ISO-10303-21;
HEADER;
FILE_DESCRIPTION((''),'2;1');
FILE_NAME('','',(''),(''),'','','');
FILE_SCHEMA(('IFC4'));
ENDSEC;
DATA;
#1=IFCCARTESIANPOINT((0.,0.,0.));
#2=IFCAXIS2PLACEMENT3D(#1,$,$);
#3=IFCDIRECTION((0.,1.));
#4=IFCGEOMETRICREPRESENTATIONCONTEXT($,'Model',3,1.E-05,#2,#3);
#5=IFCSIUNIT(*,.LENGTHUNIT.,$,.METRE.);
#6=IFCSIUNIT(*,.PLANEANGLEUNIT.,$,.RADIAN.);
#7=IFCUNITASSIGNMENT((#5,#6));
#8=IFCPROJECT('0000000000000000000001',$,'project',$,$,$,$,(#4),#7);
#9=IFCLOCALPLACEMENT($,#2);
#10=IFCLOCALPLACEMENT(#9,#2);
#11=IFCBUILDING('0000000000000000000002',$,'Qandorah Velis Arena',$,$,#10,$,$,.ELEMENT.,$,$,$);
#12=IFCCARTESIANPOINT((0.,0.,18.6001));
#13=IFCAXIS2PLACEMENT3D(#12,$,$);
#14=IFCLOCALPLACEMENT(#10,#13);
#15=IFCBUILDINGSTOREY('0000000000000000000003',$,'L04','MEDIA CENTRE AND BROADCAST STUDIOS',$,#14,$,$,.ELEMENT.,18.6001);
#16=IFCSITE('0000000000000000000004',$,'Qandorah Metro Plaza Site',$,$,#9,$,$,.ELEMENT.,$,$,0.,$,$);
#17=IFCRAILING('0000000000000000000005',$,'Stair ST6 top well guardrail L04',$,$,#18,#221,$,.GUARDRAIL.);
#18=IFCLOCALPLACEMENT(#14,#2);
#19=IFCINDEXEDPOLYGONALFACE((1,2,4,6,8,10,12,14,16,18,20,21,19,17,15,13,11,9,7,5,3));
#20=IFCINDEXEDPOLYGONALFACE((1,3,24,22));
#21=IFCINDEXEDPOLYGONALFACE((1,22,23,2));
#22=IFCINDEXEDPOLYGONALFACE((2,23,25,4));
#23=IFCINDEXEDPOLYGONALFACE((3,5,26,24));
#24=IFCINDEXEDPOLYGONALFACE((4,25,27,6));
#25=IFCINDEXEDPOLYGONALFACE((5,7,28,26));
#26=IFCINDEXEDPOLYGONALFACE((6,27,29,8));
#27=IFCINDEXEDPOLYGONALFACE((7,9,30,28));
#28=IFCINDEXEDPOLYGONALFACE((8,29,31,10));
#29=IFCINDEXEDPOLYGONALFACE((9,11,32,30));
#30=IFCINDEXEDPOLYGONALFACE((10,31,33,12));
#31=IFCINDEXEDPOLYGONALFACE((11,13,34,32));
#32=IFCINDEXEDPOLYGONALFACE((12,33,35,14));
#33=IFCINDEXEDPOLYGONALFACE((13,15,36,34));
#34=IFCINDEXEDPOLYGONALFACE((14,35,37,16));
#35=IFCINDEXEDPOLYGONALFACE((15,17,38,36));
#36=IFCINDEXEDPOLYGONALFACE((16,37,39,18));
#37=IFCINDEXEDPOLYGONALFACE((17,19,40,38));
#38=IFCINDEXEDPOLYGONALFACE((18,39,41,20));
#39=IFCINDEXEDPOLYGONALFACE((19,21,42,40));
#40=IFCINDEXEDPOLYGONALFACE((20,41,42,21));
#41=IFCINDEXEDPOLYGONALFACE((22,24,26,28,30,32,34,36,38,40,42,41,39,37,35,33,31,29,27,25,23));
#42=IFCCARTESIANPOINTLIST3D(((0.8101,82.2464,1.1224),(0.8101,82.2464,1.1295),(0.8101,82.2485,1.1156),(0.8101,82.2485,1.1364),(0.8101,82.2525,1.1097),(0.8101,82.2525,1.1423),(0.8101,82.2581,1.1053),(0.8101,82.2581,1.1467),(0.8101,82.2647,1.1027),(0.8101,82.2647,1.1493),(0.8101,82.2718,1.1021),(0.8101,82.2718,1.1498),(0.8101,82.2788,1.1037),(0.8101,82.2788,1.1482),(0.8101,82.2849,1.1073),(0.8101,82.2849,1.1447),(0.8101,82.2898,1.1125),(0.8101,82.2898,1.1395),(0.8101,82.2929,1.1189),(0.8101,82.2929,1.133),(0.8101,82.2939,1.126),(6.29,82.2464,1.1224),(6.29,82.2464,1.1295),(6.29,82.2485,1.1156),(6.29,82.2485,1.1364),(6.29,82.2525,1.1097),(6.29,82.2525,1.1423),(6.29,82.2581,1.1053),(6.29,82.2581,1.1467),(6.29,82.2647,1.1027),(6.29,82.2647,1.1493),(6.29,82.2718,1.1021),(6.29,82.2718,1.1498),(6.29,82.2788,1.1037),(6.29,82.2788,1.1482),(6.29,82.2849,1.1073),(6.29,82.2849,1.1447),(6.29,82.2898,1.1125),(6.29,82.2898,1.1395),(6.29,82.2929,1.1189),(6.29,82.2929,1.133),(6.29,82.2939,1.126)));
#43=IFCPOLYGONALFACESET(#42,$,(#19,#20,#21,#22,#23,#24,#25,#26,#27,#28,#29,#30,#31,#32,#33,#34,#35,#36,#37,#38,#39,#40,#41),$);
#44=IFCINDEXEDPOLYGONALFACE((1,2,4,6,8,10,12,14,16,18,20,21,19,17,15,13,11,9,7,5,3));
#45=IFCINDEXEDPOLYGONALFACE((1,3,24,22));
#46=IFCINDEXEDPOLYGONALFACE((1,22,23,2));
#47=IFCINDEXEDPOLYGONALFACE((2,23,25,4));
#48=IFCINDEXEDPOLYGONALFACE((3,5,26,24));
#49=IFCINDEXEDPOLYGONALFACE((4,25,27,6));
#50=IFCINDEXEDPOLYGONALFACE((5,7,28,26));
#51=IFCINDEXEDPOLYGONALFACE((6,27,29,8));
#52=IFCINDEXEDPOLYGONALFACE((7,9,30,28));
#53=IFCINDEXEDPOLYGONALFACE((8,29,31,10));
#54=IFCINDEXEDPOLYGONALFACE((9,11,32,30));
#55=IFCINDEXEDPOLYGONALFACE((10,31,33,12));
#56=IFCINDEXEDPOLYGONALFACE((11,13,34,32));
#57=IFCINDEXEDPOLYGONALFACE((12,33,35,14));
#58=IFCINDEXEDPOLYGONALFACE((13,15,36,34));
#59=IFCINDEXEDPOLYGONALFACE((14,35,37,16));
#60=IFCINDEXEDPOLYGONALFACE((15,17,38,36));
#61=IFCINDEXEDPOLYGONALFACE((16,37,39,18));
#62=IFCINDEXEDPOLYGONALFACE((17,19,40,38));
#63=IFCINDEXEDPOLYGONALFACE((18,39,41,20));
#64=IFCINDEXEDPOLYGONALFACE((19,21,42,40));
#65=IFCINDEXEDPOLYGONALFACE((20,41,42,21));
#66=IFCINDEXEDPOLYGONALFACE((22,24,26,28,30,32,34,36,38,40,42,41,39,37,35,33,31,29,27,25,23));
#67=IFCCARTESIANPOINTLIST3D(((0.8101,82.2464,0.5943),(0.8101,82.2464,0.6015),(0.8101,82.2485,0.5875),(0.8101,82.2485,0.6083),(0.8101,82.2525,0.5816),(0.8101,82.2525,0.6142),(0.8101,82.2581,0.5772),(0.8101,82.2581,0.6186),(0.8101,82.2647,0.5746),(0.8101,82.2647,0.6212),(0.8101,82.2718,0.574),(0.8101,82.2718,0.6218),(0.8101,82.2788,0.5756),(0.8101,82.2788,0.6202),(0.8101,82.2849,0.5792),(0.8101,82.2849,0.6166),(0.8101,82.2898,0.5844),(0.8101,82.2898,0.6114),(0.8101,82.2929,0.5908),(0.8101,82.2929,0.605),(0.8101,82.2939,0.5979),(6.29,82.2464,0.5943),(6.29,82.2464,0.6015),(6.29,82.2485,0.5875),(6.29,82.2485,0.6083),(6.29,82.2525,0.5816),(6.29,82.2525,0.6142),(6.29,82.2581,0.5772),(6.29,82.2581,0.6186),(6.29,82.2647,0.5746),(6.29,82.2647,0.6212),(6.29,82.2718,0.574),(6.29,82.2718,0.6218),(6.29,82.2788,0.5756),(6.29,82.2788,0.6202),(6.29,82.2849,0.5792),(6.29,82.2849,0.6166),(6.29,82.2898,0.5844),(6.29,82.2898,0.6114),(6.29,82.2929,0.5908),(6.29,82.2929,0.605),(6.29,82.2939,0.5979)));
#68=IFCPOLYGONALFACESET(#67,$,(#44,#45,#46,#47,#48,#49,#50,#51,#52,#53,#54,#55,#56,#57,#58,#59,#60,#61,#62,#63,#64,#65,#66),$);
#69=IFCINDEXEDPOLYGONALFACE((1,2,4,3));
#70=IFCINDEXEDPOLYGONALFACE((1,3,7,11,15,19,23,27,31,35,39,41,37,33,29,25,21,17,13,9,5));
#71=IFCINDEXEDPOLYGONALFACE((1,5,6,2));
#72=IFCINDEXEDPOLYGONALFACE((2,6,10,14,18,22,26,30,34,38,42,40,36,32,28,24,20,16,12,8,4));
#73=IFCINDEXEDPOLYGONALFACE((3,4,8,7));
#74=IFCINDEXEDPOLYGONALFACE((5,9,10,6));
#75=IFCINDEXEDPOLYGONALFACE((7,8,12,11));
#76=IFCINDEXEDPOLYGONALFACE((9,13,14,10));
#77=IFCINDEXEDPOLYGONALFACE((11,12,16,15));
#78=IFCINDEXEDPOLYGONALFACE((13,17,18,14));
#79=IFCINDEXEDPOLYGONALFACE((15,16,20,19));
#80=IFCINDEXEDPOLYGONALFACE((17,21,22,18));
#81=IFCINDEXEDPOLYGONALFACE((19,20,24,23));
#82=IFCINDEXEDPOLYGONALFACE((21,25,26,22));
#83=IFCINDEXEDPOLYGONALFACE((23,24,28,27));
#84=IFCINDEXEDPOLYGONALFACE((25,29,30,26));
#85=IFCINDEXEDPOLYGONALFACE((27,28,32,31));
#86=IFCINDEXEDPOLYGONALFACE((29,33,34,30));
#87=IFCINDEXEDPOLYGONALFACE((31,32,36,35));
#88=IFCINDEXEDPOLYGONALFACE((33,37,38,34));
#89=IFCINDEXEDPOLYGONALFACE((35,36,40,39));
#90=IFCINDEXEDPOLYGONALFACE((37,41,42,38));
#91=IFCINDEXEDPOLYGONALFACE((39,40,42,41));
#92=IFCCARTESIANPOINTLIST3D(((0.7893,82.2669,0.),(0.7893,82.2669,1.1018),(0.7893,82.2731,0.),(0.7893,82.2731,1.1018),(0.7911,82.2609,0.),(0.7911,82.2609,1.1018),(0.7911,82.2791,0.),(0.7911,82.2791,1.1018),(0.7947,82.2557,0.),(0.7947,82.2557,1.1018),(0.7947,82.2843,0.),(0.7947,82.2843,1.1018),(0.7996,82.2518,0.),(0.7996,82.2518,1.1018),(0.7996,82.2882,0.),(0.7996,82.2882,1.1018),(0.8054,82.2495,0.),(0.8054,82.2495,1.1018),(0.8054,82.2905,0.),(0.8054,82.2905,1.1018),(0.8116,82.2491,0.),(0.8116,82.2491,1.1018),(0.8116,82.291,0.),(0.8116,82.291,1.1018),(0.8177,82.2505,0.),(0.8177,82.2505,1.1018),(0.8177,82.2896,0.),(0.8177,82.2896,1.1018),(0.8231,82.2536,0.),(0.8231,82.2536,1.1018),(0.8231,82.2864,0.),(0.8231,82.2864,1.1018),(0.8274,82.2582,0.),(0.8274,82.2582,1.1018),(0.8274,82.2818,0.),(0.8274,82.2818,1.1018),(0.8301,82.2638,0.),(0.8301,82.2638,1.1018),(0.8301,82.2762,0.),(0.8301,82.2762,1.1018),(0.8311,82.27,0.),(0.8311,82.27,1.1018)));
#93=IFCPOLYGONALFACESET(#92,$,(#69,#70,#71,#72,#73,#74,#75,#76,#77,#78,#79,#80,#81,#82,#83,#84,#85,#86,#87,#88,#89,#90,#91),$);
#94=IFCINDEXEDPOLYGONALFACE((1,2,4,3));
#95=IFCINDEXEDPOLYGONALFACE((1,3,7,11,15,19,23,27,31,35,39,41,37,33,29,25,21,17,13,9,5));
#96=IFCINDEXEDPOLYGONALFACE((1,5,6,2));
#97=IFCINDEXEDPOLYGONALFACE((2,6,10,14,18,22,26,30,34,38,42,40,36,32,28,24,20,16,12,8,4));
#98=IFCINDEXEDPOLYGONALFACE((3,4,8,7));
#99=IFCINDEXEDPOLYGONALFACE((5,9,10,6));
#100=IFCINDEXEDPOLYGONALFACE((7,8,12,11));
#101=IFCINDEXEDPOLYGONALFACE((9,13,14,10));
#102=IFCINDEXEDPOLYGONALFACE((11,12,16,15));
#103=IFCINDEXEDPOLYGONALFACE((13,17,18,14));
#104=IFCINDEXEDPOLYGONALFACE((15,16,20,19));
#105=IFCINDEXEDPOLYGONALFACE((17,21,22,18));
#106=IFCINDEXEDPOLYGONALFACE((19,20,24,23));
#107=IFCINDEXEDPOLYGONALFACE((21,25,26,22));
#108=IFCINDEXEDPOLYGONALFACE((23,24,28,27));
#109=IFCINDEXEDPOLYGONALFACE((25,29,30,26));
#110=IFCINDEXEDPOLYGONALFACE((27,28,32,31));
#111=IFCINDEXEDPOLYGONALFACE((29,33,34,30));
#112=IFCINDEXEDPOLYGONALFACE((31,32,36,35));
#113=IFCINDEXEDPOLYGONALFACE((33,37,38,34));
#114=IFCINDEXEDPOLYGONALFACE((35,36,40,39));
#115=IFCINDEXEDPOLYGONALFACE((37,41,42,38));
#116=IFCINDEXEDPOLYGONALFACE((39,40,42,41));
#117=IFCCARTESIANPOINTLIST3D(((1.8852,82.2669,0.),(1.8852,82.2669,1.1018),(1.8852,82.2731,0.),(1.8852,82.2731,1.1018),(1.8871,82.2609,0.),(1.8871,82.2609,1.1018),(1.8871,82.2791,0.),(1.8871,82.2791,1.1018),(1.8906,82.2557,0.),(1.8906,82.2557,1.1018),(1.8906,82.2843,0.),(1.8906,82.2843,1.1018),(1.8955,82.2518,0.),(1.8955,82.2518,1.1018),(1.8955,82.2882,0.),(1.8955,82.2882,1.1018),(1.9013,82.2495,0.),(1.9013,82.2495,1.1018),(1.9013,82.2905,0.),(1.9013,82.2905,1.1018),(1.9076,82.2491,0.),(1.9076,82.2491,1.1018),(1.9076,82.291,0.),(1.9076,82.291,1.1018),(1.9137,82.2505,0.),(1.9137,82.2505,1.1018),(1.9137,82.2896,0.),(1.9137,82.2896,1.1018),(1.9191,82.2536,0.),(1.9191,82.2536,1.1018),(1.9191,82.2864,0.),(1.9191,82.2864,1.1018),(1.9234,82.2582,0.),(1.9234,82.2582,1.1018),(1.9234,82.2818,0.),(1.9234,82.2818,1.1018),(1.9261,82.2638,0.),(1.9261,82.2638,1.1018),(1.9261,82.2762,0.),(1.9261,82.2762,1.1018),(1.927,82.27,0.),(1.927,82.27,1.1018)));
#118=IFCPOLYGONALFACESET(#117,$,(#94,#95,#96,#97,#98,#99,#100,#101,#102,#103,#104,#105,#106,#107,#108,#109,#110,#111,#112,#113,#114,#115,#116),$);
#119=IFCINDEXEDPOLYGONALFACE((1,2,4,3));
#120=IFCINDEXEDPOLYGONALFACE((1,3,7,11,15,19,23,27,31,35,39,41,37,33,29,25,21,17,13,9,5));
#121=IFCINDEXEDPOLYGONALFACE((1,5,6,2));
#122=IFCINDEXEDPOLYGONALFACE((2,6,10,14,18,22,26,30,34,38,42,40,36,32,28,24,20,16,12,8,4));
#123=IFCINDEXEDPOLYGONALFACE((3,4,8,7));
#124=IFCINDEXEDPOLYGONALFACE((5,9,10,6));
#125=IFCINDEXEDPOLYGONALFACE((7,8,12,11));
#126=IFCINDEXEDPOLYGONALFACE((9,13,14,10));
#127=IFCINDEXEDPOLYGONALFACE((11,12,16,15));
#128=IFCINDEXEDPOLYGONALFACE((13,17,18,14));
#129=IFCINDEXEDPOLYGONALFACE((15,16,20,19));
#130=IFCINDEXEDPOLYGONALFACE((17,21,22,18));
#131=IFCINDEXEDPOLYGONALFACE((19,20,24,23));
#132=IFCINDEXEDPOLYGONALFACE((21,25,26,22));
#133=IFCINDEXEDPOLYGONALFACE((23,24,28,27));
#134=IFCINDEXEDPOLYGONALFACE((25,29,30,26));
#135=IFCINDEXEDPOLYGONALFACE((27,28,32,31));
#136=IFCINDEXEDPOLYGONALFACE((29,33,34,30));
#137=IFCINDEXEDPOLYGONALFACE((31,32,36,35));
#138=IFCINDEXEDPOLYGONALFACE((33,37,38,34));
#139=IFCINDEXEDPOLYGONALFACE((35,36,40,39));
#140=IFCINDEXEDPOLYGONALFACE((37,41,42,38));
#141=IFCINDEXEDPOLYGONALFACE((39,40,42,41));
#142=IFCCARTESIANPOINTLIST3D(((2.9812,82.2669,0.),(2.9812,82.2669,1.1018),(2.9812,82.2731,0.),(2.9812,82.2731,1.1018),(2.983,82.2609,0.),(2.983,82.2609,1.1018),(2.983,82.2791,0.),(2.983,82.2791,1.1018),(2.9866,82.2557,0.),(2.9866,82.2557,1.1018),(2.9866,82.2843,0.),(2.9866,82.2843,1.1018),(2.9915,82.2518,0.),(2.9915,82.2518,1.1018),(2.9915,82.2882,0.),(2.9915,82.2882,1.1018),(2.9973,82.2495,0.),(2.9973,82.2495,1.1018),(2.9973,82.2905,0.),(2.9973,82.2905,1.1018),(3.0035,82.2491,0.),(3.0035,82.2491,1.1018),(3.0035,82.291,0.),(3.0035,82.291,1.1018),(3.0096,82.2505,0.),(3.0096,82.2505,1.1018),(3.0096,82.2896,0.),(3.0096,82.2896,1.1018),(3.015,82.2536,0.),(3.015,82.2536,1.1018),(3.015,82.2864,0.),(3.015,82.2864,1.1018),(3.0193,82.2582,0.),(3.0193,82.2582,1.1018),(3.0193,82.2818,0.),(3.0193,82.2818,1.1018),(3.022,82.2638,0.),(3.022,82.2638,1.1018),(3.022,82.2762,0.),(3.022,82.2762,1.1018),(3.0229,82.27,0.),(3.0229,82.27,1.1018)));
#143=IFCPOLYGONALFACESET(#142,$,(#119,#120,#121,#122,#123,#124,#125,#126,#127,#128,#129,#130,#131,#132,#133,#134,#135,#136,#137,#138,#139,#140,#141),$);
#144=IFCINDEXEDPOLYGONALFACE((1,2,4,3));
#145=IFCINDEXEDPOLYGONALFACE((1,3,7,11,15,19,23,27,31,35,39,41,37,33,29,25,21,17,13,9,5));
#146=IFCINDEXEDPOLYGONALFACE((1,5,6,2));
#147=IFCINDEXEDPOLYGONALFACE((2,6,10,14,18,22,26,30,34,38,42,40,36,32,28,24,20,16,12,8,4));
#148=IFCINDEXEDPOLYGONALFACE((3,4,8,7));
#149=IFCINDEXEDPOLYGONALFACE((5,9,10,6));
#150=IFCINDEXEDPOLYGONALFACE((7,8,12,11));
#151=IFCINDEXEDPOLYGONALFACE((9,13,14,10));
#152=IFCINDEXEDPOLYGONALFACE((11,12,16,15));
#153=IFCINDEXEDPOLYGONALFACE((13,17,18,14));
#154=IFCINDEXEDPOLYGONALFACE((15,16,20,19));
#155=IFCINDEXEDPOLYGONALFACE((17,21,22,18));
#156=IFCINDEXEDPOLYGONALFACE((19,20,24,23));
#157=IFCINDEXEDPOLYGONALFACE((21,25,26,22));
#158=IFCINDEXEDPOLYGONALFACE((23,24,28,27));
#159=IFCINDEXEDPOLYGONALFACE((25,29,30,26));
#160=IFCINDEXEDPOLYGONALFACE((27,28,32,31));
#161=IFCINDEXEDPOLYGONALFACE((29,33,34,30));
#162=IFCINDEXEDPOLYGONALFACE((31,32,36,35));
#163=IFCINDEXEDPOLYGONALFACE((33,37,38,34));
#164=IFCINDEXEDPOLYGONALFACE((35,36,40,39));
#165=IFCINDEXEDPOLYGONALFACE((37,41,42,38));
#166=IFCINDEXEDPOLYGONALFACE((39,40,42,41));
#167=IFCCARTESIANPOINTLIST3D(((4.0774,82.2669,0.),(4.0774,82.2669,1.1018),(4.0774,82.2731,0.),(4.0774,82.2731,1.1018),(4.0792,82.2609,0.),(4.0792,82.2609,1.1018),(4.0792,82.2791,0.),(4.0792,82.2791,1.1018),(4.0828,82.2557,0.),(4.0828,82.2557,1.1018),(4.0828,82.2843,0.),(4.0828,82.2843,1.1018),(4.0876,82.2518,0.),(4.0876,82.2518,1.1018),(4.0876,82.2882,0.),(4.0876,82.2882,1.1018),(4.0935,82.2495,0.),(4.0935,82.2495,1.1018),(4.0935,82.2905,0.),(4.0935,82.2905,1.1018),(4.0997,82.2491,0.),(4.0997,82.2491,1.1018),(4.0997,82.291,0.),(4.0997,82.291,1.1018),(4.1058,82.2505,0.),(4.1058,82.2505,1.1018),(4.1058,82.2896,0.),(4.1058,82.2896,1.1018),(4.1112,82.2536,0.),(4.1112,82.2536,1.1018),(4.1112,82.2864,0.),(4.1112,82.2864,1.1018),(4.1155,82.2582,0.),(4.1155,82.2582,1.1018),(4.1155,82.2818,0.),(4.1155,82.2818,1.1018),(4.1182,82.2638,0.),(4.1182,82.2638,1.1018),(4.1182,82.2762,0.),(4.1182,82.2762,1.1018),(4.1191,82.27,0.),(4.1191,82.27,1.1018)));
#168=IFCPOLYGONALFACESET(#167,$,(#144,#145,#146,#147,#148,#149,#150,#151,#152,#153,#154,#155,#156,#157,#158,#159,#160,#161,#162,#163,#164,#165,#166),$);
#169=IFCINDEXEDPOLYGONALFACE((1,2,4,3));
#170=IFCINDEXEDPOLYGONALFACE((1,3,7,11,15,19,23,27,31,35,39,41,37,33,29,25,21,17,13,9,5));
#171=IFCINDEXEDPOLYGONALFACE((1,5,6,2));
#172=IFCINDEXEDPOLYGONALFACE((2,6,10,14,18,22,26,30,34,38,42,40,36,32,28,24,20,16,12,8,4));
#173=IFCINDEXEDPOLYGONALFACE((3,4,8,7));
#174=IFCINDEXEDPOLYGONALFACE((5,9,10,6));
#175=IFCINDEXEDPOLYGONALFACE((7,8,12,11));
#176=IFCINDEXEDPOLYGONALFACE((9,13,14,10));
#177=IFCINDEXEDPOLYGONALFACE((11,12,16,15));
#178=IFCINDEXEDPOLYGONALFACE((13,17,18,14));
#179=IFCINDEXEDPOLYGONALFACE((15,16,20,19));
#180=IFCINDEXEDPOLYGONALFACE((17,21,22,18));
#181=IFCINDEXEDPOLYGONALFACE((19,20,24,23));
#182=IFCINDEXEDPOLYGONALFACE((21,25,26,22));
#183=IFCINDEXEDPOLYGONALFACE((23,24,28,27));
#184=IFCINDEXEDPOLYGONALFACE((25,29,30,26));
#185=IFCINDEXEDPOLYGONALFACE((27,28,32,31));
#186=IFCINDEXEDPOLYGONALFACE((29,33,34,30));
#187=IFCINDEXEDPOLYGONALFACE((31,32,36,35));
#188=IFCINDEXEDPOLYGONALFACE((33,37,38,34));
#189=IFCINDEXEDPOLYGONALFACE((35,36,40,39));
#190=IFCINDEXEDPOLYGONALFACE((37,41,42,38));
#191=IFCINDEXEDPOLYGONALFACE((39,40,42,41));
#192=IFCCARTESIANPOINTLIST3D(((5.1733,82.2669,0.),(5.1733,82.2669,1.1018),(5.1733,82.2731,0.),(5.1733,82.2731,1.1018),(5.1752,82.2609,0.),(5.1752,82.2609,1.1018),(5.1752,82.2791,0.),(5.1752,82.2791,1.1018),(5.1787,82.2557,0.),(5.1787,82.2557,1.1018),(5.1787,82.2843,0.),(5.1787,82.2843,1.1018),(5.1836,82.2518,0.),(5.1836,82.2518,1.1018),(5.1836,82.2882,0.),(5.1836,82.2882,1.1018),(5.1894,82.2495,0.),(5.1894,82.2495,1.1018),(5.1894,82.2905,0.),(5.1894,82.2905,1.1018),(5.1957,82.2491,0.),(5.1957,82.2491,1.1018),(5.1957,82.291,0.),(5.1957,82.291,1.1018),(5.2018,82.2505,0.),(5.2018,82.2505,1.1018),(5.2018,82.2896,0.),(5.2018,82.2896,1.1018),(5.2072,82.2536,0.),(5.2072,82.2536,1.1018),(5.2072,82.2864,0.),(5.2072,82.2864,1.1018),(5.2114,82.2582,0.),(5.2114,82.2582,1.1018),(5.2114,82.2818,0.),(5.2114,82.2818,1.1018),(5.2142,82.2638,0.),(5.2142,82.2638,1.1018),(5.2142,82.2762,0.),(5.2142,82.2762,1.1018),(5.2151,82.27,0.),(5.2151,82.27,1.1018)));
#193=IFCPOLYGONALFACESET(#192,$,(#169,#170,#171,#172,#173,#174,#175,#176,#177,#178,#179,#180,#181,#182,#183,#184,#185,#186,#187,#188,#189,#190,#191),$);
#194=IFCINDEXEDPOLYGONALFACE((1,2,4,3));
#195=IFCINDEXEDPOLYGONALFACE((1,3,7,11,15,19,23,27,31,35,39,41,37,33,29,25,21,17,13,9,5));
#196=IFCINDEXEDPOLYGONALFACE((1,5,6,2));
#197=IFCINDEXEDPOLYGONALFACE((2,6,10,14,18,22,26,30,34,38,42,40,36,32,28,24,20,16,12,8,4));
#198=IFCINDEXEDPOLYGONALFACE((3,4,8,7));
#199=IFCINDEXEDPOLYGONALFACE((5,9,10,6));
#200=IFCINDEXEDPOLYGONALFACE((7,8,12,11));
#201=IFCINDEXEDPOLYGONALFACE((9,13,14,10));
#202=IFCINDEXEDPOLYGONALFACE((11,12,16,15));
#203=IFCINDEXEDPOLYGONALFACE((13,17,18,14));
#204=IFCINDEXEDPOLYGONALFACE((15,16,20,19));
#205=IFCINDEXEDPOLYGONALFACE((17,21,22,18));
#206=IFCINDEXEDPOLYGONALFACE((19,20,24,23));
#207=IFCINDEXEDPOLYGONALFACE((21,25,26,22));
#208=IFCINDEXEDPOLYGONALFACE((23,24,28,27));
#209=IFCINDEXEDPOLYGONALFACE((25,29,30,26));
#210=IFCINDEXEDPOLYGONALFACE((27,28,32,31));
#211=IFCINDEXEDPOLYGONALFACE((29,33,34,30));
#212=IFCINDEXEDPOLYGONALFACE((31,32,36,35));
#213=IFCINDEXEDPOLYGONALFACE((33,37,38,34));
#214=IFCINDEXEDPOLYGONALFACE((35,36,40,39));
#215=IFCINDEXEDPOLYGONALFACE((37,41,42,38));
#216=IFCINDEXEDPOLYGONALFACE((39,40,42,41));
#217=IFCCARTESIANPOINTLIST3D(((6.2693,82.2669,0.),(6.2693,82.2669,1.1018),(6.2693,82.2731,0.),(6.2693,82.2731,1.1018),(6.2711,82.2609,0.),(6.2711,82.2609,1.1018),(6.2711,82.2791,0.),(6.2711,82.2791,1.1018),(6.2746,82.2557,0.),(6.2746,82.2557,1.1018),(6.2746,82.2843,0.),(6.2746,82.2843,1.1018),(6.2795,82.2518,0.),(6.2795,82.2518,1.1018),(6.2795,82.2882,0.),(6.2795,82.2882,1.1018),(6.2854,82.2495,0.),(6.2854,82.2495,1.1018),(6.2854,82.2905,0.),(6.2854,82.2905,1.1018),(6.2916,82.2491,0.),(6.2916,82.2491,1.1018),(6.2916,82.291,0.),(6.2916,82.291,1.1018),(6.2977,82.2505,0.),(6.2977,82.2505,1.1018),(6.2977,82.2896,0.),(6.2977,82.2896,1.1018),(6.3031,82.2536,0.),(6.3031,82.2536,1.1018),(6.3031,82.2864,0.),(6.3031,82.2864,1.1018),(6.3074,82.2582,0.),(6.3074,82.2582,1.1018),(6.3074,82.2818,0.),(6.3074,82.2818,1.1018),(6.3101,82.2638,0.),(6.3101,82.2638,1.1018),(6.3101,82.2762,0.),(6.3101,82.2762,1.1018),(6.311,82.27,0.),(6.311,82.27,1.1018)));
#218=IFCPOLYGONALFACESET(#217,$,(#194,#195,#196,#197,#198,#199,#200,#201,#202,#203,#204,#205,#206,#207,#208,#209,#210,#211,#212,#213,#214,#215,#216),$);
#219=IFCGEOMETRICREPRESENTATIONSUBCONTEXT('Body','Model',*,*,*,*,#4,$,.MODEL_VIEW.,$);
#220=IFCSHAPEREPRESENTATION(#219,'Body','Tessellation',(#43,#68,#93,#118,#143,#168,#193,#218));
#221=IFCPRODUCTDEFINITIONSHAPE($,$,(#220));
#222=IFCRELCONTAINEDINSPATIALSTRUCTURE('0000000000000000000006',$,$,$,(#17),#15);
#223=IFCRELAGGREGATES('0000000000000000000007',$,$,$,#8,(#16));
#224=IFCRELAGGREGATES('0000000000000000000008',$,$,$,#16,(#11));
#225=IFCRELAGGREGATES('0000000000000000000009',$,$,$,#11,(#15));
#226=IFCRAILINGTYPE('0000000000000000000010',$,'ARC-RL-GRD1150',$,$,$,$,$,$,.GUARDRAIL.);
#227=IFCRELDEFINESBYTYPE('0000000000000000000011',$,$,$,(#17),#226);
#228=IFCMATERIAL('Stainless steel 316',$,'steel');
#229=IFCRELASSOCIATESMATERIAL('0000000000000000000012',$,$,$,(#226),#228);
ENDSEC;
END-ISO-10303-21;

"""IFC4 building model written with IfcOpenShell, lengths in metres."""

from ifc_helpers import new_model, si_unit, direction, frame, origin, origin_2d, place, context, subcontext, project, spatial, circle, extrude, material, type_object, element, save


model = new_model("IFC4")

# Units and contexts
model_context = context("Model", 3, precision=1e-05, world=origin(), true_north=direction((0.0, 1.0)))
body_context = subcontext(model_context, "Body", "Model", "MODEL_VIEW")
ifc_project = project(units=[si_unit("LENGTHUNIT", "METRE"), si_unit("PLANEANGLEUNIT", "RADIAN")], contexts=[model_context])

# Site, building, storey
site_placement = place(None, origin())
site = spatial("IfcSite", under=ifc_project, at=site_placement, Name="Qandorah Metro Plaza Site", CompositionType="ELEMENT", RefElevation=0.0)
building_placement = place(site_placement, origin())
building = spatial("IfcBuilding", under=site, at=building_placement, Name="Qandorah Velis Arena", CompositionType="ELEMENT")
storey_placement = place(building_placement, frame((0.0, 0.0, 18.6001)))
storey = spatial("IfcBuildingStorey", under=building, at=storey_placement, Name="L04", Description="MEDIA CENTRE AND BROADCAST STUDIOS", CompositionType="ELEMENT", Elevation=18.6001)

# Railing
ifc_material_1 = material(Name="Stainless steel 316", Category="steel")
railing_type = type_object("IfcRailingType", Name="ARC-RL-GRD1150", PredefinedType="GUARDRAIL", material=ifc_material_1)
railing_1_placement = place(storey_placement, frame((0.8101, 82.27, 0.0)))
element("IfcRailing", 1, at=railing_1_placement, inside=storey, type_object=railing_type, Name="Stair ST6 top well guardrail L04", PredefinedType="GUARDRAIL", context=body_context, shape_type="SweptSolid", body=[
    extrude(circle(Radius=0.0239, at=origin_2d()), frame((0.0, 0.0, 1.126), z_axis=(1.0, 0.0, 0.0), x_axis=(0.0, 1.0, 0.0)), (0.0, 0.0, 1.0), 5.48),
    extrude(circle(Radius=0.0239, at=origin_2d()), frame((0.0, 0.0, 0.5979), z_axis=(1.0, 0.0, 0.0), x_axis=(0.0, 1.0, 0.0)), (0.0, 0.0, 1.0), 5.48),
    extrude(circle(Radius=0.021, at=origin_2d()), origin(), (0.0, 0.0, 1.0), 1.1018),
    extrude(circle(Radius=0.021, at=origin_2d()), frame((1.0959, 0.0, 0.0)), (0.0, 0.0, 1.0), 1.1018),
    extrude(circle(Radius=0.021, at=origin_2d()), frame((2.1919, 0.0, 0.0)), (0.0, 0.0, 1.0), 1.1018),
    extrude(circle(Radius=0.021, at=origin_2d()), frame((3.2881, 0.0, 0.0)), (0.0, 0.0, 1.0), 1.1018),
    extrude(circle(Radius=0.021, at=origin_2d()), frame((4.384, 0.0, 0.0)), (0.0, 0.0, 1.0), 1.1018),
    extrude(circle(Radius=0.021, at=origin_2d()), frame((5.48, 0.0, 0.0)), (0.0, 0.0, 1.0), 1.1018),
])

save(model, "model.ifc")
